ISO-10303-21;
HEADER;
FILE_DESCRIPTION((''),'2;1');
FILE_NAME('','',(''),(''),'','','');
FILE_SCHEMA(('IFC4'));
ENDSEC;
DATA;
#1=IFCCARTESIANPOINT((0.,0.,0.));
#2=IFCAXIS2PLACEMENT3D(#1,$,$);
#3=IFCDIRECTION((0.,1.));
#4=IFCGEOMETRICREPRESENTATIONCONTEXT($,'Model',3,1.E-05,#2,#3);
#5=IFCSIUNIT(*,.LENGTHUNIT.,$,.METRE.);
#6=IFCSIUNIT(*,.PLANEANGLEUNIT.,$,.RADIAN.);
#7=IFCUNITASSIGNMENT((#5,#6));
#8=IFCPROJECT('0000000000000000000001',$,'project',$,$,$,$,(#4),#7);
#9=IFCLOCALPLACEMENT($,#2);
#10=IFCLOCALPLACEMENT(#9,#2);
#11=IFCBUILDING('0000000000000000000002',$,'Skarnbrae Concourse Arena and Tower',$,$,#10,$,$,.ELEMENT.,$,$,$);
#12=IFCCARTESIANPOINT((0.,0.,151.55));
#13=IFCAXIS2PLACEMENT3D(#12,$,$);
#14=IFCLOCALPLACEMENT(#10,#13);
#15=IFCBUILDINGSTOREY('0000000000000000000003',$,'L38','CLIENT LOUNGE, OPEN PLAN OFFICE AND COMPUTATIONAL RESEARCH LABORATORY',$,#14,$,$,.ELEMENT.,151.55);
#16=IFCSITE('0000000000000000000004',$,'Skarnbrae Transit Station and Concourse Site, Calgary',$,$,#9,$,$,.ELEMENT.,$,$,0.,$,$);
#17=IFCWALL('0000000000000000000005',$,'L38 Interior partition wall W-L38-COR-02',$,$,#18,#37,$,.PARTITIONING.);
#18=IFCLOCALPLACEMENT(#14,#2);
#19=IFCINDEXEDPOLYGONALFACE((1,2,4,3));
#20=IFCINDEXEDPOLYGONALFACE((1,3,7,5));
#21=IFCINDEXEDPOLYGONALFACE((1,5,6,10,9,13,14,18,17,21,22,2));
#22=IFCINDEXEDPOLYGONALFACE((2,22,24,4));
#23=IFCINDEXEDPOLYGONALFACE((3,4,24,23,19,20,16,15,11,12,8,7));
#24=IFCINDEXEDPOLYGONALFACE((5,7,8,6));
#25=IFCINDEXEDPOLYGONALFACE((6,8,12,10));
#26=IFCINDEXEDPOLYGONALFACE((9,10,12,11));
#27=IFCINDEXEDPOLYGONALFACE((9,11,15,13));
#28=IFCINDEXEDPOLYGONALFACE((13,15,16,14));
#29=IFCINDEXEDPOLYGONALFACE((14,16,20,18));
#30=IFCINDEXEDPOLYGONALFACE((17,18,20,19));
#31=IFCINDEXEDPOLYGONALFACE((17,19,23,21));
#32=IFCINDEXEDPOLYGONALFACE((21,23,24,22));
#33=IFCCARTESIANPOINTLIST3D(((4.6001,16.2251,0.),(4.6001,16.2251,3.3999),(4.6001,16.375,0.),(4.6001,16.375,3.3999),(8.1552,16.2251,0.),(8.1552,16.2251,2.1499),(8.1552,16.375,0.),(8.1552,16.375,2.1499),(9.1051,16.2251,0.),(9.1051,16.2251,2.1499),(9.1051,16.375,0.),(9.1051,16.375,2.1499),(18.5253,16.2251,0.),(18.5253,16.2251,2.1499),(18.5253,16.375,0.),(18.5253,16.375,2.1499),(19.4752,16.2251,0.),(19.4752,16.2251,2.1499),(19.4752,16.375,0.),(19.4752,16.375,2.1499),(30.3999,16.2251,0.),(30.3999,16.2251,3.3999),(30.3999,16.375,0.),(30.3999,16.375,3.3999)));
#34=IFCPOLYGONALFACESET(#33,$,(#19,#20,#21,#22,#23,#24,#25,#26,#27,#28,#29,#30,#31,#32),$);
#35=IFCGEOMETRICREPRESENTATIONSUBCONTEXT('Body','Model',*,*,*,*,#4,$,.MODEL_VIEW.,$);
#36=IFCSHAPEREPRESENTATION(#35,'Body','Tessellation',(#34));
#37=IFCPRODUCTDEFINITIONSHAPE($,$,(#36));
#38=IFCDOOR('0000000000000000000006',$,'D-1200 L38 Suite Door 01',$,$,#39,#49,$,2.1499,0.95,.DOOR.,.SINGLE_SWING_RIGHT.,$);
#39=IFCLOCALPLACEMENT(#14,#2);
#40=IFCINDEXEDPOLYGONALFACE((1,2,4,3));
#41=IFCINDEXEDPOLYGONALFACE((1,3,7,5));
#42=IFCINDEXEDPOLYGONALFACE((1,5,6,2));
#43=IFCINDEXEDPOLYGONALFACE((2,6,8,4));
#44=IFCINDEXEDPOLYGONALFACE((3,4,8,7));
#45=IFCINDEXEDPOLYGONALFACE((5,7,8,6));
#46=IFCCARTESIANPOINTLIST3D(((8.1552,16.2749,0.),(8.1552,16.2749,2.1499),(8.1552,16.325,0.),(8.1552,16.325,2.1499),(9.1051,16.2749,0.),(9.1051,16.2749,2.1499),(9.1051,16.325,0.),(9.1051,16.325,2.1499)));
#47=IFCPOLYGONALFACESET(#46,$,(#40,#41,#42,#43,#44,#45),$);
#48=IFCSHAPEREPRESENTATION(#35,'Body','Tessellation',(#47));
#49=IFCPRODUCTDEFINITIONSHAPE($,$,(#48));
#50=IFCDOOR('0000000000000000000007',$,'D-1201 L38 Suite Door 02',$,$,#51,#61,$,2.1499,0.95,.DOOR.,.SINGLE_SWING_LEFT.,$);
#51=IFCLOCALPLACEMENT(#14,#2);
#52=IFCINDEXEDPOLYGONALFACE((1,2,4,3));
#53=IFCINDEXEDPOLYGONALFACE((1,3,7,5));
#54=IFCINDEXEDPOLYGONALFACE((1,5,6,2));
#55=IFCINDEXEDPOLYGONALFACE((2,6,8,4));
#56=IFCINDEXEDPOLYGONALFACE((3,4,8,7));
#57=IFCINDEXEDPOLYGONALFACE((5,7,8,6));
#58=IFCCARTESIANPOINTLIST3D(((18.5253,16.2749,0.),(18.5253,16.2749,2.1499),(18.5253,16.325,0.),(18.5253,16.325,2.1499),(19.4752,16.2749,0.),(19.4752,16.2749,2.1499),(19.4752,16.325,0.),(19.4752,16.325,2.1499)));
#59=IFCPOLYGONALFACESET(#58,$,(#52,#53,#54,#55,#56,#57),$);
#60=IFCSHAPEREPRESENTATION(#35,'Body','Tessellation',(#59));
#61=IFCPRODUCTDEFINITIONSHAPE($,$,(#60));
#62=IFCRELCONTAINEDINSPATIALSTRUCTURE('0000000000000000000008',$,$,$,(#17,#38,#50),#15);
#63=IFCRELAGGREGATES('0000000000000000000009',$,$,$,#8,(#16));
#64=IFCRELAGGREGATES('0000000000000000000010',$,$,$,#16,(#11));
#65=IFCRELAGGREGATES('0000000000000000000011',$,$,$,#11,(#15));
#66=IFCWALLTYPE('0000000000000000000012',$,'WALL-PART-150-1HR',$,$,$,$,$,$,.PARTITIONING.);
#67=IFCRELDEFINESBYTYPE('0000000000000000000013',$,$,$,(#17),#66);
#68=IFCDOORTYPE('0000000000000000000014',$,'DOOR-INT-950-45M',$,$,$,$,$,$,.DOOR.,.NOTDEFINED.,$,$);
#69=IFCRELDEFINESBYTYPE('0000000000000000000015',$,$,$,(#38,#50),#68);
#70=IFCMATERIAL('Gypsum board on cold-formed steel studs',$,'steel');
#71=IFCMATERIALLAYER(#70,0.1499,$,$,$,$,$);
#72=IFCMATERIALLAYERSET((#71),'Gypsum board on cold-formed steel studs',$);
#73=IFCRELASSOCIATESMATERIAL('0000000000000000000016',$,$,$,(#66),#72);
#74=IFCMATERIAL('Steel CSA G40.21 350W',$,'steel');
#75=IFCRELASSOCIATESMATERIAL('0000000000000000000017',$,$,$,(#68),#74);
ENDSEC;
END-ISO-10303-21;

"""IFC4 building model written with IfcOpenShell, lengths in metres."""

from ifc_helpers import new_model, si_unit, direction, frame, frame_2d, origin, place, context, subcontext, project, spatial, rectangle, extrude, source, transform, mapped, material, layer, layer_set, type_object, element, fill, save


model = new_model("IFC4")

# Units and contexts
model_context = context("Model", 3, precision=1e-05, world=origin(), true_north=direction((0.0, 1.0)))
body_context = subcontext(model_context, "Body", "Model", "MODEL_VIEW")
ifc_project = project(units=[si_unit("LENGTHUNIT", "METRE"), si_unit("PLANEANGLEUNIT", "RADIAN")], contexts=[model_context])

# Site, building, storey
site_placement = place(None, origin())
site = spatial("IfcSite", under=ifc_project, at=site_placement, Name="Skarnbrae Transit Station and Concourse Site, Calgary", CompositionType="ELEMENT", RefElevation=0.0)
building_placement = place(site_placement, origin())
building = spatial("IfcBuilding", under=site, at=building_placement, Name="Skarnbrae Concourse Arena and Tower", CompositionType="ELEMENT")
storey_placement = place(building_placement, frame((0.0, 0.0, 151.55)))
storey = spatial("IfcBuildingStorey", under=building, at=storey_placement, Name="L38", Description="CLIENT LOUNGE, OPEN PLAN OFFICE AND COMPUTATIONAL RESEARCH LABORATORY", CompositionType="ELEMENT", Elevation=151.55)

# Shared definitions
ifc_material_1 = material(Name="Steel CSA G40.21 350W", Category="steel")

# Shared definitions
ifc_material_2 = material(Name="Gypsum board on cold-formed steel studs", Category="steel")
ifc_layer_1 = layer(ifc_material_2, 0.1499)
ifc_layer_set_1 = layer_set([ifc_layer_1], Name="Gypsum board on cold-formed steel studs")
wall_type_1 = type_object("IfcWallType", Name="WALL-PART-150-1HR", PredefinedType="PARTITIONING", material=ifc_layer_set_1)

# Wall, openings, doors
shared_shape_1 = source(origin(), body_context, "Body", "SweptSolid", [
    extrude(rectangle(XDim=25.7998, YDim=0.1499, at=frame_2d((12.8999, 0.0))), origin(), (0.0, 0.0, 1.0), 3.3999),
])
wall_1_placement = place(storey_placement, frame((4.6001, 16.3, 0.0), z_axis=(0.0, 0.0, 1.0), x_axis=(1.0, 0.0, 0.0)))
wall_1 = element("IfcWall", 1, at=wall_1_placement, inside=storey, type_object=wall_type_1, Name="L38 Interior partition wall W-L38-COR-02", PredefinedType="PARTITIONING", context=body_context, shape_type="MappedRepresentation", body=[
    mapped(shared_shape_1, transform((0.0, 0.0, 0.0))),
])
opening_1_placement = place(wall_1_placement, frame((3.5549, 0.0, 0.0)))
opening_1 = element("IfcOpeningElement", 2, at=opening_1_placement, cuts=wall_1, PredefinedType="OPENING", context=body_context, shape_type="SweptSolid", body=[
    extrude(rectangle(XDim=0.95, YDim=2.1499, at=frame_2d((0.4751, 1.075))), frame((0.0, 0.085, 0.0), z_axis=(0.0, -1.0, 0.0), x_axis=(1.0, 0.0, 0.0)), (0.0, 0.0, 1.0), 0.1699),
])
opening_2_placement = place(wall_1_placement, frame((13.925, 0.0, 0.0)))
opening_2 = element("IfcOpeningElement", 3, at=opening_2_placement, cuts=wall_1, PredefinedType="OPENING", context=body_context, shape_type="SweptSolid", body=[
    extrude(rectangle(XDim=0.95, YDim=2.1499, at=frame_2d((0.4751, 1.075))), frame((0.0, 0.085, 0.0), z_axis=(0.0, -1.0, 0.0), x_axis=(1.0, 0.0, 0.0)), (0.0, 0.0, 1.0), 0.1699),
])
door_type_1 = type_object("IfcDoorType", Name="DOOR-INT-950-45M", OperationType="NOTDEFINED", PredefinedType="DOOR", material=ifc_material_1)
shared_shape_2 = source(origin(), body_context, "Body", "SweptSolid", [
    extrude(rectangle(XDim=0.95, YDim=2.1499, at=frame_2d((0.4751, 1.075))), frame((0.0, 0.0249, 0.0), z_axis=(0.0, -1.0, 0.0), x_axis=(1.0, 0.0, 0.0)), (0.0, 0.0, 1.0), 0.05),
])
door_1_placement = place(opening_1_placement, origin())
door_1 = element("IfcDoor", 4, at=door_1_placement, inside=storey, type_object=door_type_1, Name="D-1200 L38 Suite Door 01", OperationType="SINGLE_SWING_RIGHT", OverallHeight=2.1499, OverallWidth=0.95, PredefinedType="DOOR", context=body_context, shape_type="MappedRepresentation", body=[
    mapped(shared_shape_2, transform((0.0, 0.0, 0.0))),
])
fill(opening_1, door_1)
door_2_placement = place(opening_2_placement, origin())
door_2 = element("IfcDoor", 5, at=door_2_placement, inside=storey, type_object=door_type_1, Name="D-1201 L38 Suite Door 02", OperationType="SINGLE_SWING_LEFT", OverallHeight=2.1499, OverallWidth=0.95, PredefinedType="DOOR", context=body_context, shape_type="MappedRepresentation", body=[
    mapped(shared_shape_2, transform((0.0, 0.0, 0.0))),
])
fill(opening_2, door_2)

save(model, "model.ifc")
